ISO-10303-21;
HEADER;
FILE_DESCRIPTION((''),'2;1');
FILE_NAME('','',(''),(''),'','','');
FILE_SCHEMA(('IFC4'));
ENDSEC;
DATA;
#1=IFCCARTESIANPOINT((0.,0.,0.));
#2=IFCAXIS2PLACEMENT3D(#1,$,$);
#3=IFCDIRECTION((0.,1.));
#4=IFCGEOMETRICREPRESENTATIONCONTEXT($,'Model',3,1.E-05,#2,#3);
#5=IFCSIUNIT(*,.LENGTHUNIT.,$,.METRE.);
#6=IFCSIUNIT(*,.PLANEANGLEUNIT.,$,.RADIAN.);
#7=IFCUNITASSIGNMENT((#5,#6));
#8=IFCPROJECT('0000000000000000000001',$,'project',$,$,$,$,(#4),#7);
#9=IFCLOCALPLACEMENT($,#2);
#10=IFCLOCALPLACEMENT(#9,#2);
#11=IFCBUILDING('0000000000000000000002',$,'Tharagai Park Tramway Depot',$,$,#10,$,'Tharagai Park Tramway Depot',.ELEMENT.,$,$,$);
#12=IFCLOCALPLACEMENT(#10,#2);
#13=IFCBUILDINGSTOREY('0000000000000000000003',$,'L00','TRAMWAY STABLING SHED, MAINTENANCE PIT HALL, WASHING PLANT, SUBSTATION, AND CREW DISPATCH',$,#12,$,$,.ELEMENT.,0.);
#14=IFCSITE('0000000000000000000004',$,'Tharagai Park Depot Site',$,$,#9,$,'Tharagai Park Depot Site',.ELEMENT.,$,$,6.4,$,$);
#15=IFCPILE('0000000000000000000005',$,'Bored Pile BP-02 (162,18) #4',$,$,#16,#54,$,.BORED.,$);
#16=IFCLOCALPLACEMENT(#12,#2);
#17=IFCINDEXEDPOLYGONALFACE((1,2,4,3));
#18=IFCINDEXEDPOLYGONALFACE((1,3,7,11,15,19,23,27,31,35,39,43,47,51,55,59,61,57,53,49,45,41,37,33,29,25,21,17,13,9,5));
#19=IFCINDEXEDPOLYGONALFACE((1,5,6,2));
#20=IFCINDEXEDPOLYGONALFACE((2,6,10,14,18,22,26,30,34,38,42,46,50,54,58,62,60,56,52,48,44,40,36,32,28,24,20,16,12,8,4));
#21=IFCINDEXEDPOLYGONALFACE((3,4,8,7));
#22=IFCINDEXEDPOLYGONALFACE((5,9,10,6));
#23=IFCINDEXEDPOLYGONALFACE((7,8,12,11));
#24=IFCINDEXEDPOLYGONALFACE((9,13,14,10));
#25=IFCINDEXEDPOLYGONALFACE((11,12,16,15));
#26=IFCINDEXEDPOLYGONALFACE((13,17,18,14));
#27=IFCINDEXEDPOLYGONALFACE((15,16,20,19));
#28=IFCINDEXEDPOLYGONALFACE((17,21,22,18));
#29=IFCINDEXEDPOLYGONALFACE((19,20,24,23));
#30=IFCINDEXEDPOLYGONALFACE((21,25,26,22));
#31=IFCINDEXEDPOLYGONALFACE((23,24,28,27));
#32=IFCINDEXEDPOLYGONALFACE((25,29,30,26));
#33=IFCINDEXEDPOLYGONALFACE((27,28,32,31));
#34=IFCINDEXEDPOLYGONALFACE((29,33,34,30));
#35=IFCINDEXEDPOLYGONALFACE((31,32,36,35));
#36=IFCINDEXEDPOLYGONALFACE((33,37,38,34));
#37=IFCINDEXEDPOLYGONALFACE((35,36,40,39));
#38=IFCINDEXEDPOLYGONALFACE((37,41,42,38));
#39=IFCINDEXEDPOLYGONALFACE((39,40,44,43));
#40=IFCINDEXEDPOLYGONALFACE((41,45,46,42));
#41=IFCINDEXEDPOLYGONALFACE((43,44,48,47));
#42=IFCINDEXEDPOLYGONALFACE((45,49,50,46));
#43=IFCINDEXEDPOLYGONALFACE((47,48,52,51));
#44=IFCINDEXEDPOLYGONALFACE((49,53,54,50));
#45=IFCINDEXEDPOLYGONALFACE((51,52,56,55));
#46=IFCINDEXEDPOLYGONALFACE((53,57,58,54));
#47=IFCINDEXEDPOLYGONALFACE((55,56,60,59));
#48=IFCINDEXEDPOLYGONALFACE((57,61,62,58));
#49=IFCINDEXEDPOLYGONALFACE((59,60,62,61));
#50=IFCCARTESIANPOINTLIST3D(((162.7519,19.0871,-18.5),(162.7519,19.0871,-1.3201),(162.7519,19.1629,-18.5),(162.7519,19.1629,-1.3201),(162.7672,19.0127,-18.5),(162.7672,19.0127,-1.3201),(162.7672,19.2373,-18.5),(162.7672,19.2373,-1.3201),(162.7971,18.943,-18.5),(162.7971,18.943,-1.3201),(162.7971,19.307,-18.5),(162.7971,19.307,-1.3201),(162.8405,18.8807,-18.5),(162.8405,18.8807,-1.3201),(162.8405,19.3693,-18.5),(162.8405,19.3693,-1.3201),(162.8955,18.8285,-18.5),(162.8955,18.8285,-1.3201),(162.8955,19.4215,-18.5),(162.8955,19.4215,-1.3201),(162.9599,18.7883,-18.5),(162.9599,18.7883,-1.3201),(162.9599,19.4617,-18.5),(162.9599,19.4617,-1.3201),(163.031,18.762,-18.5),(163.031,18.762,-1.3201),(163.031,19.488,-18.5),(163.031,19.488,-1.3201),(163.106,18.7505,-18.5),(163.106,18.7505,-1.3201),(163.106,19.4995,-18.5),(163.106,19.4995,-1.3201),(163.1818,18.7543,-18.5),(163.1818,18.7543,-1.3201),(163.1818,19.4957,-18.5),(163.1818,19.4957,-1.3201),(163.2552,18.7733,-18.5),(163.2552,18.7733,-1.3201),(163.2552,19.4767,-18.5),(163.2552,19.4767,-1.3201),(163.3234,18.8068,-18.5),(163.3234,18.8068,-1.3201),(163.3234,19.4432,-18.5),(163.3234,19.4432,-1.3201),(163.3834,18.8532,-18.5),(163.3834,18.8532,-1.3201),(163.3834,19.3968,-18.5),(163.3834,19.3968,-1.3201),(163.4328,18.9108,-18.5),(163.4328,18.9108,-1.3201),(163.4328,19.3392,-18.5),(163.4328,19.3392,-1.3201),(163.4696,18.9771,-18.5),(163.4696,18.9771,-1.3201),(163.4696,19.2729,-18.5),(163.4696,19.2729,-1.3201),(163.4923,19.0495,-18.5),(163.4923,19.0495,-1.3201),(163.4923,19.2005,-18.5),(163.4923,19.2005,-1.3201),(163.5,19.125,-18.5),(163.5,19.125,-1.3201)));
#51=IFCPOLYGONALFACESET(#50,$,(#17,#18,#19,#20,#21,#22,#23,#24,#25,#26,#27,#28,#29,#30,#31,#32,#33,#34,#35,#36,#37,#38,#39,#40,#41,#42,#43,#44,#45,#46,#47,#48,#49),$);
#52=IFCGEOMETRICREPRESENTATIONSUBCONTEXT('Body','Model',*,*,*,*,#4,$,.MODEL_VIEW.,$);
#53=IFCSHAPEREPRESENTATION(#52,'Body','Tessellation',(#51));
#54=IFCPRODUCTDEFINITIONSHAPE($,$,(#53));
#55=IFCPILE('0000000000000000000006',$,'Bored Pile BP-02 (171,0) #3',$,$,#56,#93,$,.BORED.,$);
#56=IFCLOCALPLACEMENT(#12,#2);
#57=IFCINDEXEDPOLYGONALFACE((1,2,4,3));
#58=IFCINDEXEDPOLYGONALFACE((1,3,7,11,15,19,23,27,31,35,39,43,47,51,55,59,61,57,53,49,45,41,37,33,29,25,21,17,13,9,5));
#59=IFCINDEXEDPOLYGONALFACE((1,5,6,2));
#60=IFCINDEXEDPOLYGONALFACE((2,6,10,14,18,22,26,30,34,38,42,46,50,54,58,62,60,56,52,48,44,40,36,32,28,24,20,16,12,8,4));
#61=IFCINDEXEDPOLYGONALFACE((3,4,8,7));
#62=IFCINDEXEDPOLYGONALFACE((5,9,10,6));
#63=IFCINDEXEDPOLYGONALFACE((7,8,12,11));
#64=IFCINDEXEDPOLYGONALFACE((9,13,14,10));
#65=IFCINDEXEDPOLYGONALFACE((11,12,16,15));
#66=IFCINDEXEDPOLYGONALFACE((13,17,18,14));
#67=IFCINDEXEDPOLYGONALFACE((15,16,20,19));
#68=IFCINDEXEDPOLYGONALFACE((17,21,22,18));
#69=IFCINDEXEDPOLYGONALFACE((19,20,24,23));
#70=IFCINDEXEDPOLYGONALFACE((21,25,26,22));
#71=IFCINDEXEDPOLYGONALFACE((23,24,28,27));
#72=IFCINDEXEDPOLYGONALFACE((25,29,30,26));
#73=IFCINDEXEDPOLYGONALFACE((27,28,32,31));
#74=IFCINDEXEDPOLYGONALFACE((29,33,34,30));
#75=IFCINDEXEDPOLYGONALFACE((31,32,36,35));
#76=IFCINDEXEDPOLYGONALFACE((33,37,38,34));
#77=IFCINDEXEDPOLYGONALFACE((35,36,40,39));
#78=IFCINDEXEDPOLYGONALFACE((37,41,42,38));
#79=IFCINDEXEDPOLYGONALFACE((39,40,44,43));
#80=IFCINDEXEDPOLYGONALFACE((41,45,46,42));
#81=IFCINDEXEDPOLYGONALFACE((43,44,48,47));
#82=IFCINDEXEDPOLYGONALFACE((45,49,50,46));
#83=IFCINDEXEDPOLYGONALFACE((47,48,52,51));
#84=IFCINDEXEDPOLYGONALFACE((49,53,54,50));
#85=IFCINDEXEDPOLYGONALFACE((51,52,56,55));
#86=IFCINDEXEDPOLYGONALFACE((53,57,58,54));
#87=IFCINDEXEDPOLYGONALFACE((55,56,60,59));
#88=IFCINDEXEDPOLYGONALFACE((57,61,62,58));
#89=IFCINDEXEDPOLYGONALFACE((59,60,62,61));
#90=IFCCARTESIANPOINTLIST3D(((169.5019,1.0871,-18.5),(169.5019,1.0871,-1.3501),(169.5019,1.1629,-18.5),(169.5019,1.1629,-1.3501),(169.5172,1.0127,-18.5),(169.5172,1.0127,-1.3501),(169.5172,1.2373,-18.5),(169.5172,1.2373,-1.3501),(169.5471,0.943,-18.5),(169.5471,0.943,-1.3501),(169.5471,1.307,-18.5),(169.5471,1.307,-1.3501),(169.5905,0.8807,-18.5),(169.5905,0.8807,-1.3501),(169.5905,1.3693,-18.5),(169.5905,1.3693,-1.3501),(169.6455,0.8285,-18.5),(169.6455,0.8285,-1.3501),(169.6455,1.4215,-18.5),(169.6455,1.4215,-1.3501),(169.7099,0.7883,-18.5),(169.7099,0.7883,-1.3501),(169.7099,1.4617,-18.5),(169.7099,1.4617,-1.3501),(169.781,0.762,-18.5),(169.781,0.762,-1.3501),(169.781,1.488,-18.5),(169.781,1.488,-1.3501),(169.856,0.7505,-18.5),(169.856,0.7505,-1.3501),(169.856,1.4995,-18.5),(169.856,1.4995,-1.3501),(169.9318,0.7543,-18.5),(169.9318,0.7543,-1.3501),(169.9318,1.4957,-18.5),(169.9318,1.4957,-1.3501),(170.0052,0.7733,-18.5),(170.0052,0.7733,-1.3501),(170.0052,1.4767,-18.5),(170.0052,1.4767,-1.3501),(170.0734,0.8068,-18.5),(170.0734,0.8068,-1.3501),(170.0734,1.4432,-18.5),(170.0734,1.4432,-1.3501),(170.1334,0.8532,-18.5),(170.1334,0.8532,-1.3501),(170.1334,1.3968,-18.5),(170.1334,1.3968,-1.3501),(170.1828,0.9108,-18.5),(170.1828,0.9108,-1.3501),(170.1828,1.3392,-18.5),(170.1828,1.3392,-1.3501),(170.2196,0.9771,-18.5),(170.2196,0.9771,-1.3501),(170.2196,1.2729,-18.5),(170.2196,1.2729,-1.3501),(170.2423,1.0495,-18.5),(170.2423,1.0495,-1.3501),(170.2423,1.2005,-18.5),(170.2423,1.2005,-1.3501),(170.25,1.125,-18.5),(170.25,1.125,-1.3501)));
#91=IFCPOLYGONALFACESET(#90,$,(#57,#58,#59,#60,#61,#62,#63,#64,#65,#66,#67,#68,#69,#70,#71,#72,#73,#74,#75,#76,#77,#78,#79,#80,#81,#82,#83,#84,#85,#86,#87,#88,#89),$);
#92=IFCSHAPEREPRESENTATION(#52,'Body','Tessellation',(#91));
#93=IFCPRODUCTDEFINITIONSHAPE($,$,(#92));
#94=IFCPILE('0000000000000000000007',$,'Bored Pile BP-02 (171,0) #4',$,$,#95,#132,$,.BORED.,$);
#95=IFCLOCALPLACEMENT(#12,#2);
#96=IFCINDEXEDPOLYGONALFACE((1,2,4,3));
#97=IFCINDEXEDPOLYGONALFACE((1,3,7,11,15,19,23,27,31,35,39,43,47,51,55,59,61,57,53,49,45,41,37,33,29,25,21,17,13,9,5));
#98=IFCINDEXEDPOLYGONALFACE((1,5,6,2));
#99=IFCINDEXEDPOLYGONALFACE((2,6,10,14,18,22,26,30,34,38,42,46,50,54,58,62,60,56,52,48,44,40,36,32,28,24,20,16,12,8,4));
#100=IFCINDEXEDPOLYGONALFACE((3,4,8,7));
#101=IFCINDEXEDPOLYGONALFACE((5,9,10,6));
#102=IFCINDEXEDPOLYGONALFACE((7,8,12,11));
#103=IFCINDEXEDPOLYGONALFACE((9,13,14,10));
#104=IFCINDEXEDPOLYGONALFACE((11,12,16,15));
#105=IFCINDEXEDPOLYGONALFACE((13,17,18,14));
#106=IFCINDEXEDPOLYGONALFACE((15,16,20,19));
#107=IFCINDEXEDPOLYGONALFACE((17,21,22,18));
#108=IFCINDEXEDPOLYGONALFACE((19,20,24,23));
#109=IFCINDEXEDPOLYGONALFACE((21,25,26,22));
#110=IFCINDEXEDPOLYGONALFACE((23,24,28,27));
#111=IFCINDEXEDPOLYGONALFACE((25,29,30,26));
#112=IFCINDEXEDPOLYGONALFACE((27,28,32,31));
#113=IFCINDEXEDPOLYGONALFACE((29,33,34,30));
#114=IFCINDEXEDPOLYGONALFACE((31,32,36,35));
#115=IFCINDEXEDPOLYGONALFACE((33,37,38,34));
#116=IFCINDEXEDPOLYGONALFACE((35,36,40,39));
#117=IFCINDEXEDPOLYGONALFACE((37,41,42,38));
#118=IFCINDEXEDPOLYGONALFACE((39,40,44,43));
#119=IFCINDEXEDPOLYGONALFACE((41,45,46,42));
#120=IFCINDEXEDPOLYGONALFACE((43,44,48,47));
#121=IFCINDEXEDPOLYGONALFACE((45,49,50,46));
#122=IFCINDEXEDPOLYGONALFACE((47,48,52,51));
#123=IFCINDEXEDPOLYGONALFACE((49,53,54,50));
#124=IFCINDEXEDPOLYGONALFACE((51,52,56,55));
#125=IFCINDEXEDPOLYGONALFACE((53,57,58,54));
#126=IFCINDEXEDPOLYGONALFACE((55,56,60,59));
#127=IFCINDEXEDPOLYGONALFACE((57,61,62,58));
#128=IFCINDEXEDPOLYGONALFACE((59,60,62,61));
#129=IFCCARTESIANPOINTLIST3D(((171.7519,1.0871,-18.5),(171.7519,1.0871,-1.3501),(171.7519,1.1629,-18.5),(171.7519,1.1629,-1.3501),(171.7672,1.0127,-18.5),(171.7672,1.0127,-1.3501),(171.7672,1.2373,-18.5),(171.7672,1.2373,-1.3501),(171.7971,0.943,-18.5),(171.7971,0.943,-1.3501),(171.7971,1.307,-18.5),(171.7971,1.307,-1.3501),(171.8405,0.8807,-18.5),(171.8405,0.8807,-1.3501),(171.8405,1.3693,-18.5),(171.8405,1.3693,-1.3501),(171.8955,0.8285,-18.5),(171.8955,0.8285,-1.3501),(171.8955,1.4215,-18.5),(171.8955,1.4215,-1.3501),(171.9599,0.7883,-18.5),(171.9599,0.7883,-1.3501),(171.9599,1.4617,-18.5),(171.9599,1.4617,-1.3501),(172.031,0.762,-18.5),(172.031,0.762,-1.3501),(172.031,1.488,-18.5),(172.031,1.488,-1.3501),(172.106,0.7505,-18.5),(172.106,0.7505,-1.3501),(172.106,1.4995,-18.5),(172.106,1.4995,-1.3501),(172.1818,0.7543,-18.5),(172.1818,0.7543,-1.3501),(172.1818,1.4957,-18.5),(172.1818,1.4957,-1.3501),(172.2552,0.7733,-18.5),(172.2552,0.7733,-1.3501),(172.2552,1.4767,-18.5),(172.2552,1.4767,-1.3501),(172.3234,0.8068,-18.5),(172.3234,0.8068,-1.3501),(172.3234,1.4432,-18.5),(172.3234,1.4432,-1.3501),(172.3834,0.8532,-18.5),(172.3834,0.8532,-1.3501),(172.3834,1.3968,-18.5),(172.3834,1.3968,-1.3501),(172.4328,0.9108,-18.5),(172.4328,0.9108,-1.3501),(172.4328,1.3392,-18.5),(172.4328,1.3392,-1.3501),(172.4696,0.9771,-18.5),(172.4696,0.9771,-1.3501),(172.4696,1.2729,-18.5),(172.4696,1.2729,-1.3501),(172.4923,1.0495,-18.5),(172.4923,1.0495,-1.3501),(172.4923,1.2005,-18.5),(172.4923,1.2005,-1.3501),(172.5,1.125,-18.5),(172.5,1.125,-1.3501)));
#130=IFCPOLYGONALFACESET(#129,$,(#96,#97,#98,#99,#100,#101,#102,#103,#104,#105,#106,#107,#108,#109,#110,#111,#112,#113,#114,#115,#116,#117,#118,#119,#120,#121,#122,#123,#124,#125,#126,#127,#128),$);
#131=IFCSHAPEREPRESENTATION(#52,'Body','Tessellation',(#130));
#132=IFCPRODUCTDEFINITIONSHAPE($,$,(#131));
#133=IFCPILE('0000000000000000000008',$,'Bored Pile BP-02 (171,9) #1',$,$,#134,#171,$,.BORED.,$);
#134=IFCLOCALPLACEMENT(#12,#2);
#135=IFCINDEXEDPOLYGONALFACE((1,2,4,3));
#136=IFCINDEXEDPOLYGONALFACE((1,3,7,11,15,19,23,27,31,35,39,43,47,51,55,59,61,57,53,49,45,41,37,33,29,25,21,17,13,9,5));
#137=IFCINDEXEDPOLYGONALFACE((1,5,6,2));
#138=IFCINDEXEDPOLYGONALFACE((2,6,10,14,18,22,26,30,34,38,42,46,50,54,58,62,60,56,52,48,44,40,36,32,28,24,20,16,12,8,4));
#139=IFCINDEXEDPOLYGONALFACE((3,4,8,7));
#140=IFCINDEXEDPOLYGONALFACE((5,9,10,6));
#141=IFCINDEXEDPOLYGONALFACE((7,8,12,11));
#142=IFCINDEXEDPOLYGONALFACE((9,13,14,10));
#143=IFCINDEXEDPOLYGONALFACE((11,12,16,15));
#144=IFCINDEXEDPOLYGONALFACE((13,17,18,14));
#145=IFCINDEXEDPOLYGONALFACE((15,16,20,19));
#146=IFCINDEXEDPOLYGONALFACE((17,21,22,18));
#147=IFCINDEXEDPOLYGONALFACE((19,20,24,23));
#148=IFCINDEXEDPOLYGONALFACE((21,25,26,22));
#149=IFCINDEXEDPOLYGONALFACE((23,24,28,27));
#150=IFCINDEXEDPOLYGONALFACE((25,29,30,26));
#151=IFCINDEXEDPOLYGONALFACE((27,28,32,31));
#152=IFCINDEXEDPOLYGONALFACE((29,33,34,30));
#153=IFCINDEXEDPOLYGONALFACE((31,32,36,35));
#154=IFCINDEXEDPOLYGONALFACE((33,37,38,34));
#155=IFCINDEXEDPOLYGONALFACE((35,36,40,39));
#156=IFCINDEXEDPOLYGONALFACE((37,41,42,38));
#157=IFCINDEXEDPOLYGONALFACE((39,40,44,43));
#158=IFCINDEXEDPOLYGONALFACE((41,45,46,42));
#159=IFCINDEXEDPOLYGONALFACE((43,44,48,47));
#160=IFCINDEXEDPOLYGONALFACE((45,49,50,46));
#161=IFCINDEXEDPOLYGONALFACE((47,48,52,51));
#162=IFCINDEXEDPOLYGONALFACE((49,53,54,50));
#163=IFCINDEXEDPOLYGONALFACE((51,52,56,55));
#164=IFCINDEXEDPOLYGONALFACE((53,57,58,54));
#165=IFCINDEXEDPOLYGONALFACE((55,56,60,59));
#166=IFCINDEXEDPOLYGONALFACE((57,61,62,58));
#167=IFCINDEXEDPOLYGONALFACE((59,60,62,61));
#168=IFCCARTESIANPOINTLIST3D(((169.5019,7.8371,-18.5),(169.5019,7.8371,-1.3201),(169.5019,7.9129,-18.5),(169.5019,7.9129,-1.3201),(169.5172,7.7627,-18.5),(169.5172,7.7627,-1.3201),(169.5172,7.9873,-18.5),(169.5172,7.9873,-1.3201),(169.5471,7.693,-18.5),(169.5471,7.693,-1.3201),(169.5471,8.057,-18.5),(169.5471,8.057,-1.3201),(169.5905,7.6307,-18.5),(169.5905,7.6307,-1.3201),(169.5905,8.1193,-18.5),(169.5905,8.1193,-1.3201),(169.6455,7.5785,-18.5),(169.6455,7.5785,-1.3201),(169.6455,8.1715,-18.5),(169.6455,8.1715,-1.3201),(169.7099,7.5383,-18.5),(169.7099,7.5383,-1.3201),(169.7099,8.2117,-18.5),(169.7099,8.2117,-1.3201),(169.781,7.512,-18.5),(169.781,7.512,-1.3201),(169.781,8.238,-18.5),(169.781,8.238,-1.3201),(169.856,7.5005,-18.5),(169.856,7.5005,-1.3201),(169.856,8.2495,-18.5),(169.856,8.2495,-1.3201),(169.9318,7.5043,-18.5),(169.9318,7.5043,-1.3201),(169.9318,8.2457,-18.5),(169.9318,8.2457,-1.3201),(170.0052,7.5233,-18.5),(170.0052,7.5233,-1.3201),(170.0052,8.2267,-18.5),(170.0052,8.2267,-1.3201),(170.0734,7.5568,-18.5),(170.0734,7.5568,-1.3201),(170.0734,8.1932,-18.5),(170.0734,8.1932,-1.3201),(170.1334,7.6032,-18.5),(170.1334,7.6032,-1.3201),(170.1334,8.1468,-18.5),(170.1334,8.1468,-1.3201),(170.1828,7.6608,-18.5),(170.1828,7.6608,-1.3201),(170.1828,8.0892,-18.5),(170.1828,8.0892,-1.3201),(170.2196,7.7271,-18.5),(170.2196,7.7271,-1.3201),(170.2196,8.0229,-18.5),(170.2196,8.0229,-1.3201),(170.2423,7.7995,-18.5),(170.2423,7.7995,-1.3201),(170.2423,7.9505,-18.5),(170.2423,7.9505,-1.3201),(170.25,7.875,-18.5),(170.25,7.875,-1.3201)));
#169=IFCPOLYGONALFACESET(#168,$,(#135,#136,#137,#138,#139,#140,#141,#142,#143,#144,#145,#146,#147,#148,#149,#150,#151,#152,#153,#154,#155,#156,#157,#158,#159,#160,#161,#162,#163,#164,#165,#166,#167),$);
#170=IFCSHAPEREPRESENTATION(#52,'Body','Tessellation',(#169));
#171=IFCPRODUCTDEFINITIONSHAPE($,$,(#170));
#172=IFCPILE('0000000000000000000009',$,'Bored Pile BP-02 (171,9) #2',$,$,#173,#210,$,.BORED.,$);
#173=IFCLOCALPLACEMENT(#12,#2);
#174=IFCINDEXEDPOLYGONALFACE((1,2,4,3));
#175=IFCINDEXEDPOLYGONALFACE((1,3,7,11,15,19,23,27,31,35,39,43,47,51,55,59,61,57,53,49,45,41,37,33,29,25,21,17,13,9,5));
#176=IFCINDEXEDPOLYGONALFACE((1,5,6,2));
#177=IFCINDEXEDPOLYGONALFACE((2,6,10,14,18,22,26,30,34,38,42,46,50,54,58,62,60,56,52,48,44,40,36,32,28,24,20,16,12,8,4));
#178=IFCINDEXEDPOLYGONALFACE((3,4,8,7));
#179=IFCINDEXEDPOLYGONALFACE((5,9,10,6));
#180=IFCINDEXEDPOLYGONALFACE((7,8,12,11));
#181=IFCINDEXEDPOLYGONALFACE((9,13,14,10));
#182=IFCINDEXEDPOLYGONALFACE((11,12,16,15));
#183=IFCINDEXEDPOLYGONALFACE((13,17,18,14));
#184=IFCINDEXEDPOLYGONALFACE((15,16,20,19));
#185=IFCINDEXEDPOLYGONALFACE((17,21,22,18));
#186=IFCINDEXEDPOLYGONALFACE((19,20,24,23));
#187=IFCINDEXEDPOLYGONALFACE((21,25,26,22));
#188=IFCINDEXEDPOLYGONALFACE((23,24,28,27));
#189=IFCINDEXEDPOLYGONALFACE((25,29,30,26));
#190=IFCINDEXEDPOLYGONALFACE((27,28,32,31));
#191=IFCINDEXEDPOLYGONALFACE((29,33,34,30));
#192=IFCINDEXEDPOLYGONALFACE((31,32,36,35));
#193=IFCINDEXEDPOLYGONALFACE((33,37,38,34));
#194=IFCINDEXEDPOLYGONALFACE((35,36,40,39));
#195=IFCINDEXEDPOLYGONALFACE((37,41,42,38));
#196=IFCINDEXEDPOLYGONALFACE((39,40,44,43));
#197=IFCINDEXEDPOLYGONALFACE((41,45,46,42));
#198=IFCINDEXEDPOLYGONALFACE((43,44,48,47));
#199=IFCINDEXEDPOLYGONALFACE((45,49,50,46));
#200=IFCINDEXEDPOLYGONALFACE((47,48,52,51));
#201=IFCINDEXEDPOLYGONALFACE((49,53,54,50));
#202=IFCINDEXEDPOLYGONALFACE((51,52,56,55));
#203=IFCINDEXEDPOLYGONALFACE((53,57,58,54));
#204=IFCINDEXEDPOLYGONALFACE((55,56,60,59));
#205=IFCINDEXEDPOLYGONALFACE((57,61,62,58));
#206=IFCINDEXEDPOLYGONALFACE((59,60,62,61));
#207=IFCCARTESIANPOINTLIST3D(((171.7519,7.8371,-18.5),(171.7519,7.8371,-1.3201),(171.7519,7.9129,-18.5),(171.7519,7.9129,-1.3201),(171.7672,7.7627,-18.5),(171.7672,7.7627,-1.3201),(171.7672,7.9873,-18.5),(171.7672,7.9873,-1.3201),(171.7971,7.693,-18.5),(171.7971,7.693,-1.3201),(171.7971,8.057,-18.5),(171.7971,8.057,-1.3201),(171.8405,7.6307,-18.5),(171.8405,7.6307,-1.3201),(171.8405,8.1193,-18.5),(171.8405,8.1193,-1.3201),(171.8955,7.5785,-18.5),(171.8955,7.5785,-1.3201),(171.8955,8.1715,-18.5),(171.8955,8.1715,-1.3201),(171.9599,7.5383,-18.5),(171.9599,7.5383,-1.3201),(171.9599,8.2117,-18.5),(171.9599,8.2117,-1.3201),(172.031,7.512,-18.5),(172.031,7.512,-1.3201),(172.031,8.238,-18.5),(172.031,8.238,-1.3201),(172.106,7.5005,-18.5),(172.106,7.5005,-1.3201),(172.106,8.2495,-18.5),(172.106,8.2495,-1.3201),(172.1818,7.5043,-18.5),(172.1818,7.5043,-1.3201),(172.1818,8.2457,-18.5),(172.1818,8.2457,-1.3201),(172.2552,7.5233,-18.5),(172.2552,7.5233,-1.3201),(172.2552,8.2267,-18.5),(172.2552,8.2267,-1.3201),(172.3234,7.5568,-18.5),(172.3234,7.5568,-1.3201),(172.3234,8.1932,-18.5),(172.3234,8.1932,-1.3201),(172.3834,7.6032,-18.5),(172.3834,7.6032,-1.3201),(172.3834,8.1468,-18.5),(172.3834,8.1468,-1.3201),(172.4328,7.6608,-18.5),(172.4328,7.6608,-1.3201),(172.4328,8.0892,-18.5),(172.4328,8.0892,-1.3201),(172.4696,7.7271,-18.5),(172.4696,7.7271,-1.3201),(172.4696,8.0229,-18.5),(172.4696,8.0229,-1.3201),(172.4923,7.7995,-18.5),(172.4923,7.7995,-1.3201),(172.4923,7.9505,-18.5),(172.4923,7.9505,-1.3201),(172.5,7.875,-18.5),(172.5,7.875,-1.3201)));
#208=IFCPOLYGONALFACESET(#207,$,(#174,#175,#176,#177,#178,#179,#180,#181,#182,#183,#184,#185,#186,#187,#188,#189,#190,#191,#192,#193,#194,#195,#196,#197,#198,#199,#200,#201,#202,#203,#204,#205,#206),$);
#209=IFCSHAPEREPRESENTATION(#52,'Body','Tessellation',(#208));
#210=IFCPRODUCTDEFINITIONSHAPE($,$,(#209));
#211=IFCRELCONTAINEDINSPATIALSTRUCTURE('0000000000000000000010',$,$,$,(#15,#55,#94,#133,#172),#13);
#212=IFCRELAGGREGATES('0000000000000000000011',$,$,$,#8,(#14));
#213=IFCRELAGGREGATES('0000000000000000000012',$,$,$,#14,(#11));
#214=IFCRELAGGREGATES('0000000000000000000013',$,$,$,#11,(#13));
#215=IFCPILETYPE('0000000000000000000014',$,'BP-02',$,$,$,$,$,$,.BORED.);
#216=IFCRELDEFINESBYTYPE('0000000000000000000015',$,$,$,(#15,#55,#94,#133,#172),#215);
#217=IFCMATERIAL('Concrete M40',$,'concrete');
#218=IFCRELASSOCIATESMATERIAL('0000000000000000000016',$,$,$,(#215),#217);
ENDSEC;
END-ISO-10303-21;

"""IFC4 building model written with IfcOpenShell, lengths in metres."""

from ifc_helpers import new_model, si_unit, direction, frame, origin, origin_2d, place, context, subcontext, project, spatial, circle, extrude, material, material_profile, profile_set, type_object, element, save


model = new_model("IFC4")

# Units and contexts
model_context = context("Model", 3, precision=1e-05, world=origin(), true_north=direction((0.0, 1.0)))
body_context = subcontext(model_context, "Body", "Model", "MODEL_VIEW")
ifc_project = project(units=[si_unit("LENGTHUNIT", "METRE"), si_unit("PLANEANGLEUNIT", "RADIAN")], contexts=[model_context])

# Site, building, storey
site_placement = place(None, origin())
site = spatial("IfcSite", under=ifc_project, at=site_placement, Name="Tharagai Park Depot Site", LongName="Tharagai Park Depot Site", CompositionType="ELEMENT", RefElevation=6.4)
building_placement = place(site_placement, origin())
building = spatial("IfcBuilding", under=site, at=building_placement, Name="Tharagai Park Tramway Depot", LongName="Tharagai Park Tramway Depot", CompositionType="ELEMENT")
storey_placement = place(building_placement, origin())
storey = spatial("IfcBuildingStorey", under=building, at=storey_placement, Name="L00", Description="TRAMWAY STABLING SHED, MAINTENANCE PIT HALL, WASHING PLANT, SUBSTATION, AND CREW DISPATCH", CompositionType="ELEMENT", Elevation=0.0)

# Piles
ifc_material_1 = material(Name="Concrete M40", Category="concrete")
ifc_material_profile_1 = material_profile(ifc_material_1, circle(Radius=0.375, at=origin_2d()), Name="PILE D750")
ifc_profile_set_1 = profile_set([ifc_material_profile_1], Name="Concrete M40")
pile_type = type_object("IfcPileType", Name="BP-02", PredefinedType="BORED", material=ifc_profile_set_1)
pile_1_placement = place(storey_placement, frame((163.125, 19.125, -1.3201), z_axis=(0.0, 0.0, -1.0), x_axis=(1.0, 0.0, 0.0)))
element("IfcPile", 1, at=pile_1_placement, inside=storey, type_object=pile_type, Name="Bored Pile BP-02 (162,18) #4", PredefinedType="BORED", context=body_context, shape_type="SweptSolid", body=[
    extrude(circle(Radius=0.375, at=origin_2d()), origin(), (0.0, 0.0, 1.0), 17.1799),
])
for number, where, z_axis, x_axis, name in (
    (2, (169.875, 1.125, -1.3501), (0.0, 0.0, -1.0), (1.0, 0.0, 0.0), "Bored Pile BP-02 (171,0) #3"),
    (3, (172.125, 1.125, -1.3501), (0.0, 0.0, -1.0), (1.0, 0.0, 0.0), "Bored Pile BP-02 (171,0) #4"),
):
    element("IfcPile", number, at=place(storey_placement, frame(where, z_axis=z_axis, x_axis=x_axis)), inside=storey, type_object=pile_type, Name=name, PredefinedType="BORED", context=body_context, shape_type="SweptSolid", body=[
        extrude(circle(Radius=0.375, at=origin_2d()), origin(), (0.0, 0.0, 1.0), 17.1499),
    ])
for number, where, z_axis, x_axis, name in (
    (4, (169.875, 7.875, -1.3201), (0.0, 0.0, -1.0), (1.0, 0.0, 0.0), "Bored Pile BP-02 (171,9) #1"),
    (5, (172.125, 7.875, -1.3201), (0.0, 0.0, -1.0), (1.0, 0.0, 0.0), "Bored Pile BP-02 (171,9) #2"),
):
    element("IfcPile", number, at=place(storey_placement, frame(where, z_axis=z_axis, x_axis=x_axis)), inside=storey, type_object=pile_type, Name=name, PredefinedType="BORED", context=body_context, shape_type="SweptSolid", body=[
        extrude(circle(Radius=0.375, at=origin_2d()), origin(), (0.0, 0.0, 1.0), 17.1799),
    ])

save(model, "model.ifc")
